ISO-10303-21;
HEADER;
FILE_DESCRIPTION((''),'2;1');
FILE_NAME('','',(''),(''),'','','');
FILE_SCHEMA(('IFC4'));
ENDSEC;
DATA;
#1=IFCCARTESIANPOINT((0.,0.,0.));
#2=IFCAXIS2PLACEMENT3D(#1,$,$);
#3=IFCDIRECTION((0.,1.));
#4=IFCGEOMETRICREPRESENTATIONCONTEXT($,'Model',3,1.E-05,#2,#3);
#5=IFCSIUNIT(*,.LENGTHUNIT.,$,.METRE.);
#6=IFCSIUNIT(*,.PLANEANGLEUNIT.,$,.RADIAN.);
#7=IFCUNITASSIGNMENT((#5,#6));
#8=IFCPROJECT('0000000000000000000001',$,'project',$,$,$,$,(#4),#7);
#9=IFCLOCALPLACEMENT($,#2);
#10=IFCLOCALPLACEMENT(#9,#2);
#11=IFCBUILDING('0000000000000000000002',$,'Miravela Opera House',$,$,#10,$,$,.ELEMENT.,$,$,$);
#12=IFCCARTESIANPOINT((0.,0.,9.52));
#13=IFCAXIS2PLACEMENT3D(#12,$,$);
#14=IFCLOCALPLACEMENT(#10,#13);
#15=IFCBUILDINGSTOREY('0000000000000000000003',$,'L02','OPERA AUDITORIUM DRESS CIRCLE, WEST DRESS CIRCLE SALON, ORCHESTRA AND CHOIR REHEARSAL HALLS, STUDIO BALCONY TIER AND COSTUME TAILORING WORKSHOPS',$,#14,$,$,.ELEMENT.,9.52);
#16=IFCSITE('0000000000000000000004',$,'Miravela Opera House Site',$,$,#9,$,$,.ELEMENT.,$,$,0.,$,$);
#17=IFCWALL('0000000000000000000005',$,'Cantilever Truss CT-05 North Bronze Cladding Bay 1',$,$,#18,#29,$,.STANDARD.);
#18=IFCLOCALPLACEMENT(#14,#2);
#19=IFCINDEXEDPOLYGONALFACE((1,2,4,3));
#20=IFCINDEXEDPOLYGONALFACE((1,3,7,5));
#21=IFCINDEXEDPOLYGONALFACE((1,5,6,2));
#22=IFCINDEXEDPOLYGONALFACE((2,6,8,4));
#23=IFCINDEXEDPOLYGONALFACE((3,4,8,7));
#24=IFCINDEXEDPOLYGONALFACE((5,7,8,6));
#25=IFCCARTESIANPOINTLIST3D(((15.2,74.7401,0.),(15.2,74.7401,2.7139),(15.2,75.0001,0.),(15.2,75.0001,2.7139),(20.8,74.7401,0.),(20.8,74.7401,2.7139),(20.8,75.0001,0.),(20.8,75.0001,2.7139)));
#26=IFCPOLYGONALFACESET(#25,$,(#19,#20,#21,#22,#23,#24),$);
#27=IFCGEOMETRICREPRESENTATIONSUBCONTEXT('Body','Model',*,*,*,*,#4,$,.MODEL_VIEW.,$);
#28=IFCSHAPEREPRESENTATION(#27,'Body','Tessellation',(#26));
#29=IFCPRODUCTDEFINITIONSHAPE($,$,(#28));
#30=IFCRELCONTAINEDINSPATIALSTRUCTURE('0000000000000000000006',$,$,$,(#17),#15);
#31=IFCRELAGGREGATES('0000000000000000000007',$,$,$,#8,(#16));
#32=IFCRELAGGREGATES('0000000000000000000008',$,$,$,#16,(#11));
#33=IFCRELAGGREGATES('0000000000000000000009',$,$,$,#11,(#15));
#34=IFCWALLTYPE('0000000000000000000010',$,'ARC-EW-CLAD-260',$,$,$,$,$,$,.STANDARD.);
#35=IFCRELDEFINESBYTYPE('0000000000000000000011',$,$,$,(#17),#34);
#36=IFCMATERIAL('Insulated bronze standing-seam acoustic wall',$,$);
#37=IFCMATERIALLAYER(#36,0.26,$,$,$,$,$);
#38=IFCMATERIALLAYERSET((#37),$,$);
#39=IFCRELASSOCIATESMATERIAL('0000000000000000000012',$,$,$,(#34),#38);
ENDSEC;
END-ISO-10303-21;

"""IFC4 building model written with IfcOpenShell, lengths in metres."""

from ifc_helpers import new_model, si_unit, direction, frame, frame_2d, origin, place, context, subcontext, project, spatial, rectangle, extrude, material, layer, layer_set, type_object, element, save


model = new_model("IFC4")

# Units and contexts
model_context = context("Model", 3, precision=1e-05, world=origin(), true_north=direction((0.0, 1.0)))
body_context = subcontext(model_context, "Body", "Model", "MODEL_VIEW")
ifc_project = project(units=[si_unit("LENGTHUNIT", "METRE"), si_unit("PLANEANGLEUNIT", "RADIAN")], contexts=[model_context])

# Site, building, storey
site_placement = place(None, origin())
site = spatial("IfcSite", under=ifc_project, at=site_placement, Name="Miravela Opera House Site", CompositionType="ELEMENT", RefElevation=0.0)
building_placement = place(site_placement, origin())
building = spatial("IfcBuilding", under=site, at=building_placement, Name="Miravela Opera House", CompositionType="ELEMENT")
storey_placement = place(building_placement, frame((0.0, 0.0, 9.52)))
storey = spatial("IfcBuildingStorey", under=building, at=storey_placement, Name="L02", Description="OPERA AUDITORIUM DRESS CIRCLE, WEST DRESS CIRCLE SALON, ORCHESTRA AND CHOIR REHEARSAL HALLS, STUDIO BALCONY TIER AND COSTUME TAILORING WORKSHOPS", CompositionType="ELEMENT", Elevation=9.52)

# Wall
ifc_material_1 = material(Name="Insulated bronze standing-seam acoustic wall")
ifc_layer_1 = layer(ifc_material_1, 0.26)
ifc_layer_set_1 = layer_set([ifc_layer_1])
wall_type = type_object("IfcWallType", Name="ARC-EW-CLAD-260", PredefinedType="STANDARD", material=ifc_layer_set_1)
wall_placement = place(storey_placement, frame((15.2, 74.8701, 0.0), z_axis=(0.0, 0.0, 1.0), x_axis=(1.0, 0.0, 0.0)))
element("IfcWall", 1, at=wall_placement, inside=storey, type_object=wall_type, Name="Cantilever Truss CT-05 North Bronze Cladding Bay 1", PredefinedType="STANDARD", context=body_context, shape_type="SweptSolid", body=[
    extrude(rectangle(XDim=5.6001, YDim=0.26, at=frame_2d((2.8, 0.0))), origin(), (0.0, 0.0, 1.0), 2.7139),
])

save(model, "model.ifc")
